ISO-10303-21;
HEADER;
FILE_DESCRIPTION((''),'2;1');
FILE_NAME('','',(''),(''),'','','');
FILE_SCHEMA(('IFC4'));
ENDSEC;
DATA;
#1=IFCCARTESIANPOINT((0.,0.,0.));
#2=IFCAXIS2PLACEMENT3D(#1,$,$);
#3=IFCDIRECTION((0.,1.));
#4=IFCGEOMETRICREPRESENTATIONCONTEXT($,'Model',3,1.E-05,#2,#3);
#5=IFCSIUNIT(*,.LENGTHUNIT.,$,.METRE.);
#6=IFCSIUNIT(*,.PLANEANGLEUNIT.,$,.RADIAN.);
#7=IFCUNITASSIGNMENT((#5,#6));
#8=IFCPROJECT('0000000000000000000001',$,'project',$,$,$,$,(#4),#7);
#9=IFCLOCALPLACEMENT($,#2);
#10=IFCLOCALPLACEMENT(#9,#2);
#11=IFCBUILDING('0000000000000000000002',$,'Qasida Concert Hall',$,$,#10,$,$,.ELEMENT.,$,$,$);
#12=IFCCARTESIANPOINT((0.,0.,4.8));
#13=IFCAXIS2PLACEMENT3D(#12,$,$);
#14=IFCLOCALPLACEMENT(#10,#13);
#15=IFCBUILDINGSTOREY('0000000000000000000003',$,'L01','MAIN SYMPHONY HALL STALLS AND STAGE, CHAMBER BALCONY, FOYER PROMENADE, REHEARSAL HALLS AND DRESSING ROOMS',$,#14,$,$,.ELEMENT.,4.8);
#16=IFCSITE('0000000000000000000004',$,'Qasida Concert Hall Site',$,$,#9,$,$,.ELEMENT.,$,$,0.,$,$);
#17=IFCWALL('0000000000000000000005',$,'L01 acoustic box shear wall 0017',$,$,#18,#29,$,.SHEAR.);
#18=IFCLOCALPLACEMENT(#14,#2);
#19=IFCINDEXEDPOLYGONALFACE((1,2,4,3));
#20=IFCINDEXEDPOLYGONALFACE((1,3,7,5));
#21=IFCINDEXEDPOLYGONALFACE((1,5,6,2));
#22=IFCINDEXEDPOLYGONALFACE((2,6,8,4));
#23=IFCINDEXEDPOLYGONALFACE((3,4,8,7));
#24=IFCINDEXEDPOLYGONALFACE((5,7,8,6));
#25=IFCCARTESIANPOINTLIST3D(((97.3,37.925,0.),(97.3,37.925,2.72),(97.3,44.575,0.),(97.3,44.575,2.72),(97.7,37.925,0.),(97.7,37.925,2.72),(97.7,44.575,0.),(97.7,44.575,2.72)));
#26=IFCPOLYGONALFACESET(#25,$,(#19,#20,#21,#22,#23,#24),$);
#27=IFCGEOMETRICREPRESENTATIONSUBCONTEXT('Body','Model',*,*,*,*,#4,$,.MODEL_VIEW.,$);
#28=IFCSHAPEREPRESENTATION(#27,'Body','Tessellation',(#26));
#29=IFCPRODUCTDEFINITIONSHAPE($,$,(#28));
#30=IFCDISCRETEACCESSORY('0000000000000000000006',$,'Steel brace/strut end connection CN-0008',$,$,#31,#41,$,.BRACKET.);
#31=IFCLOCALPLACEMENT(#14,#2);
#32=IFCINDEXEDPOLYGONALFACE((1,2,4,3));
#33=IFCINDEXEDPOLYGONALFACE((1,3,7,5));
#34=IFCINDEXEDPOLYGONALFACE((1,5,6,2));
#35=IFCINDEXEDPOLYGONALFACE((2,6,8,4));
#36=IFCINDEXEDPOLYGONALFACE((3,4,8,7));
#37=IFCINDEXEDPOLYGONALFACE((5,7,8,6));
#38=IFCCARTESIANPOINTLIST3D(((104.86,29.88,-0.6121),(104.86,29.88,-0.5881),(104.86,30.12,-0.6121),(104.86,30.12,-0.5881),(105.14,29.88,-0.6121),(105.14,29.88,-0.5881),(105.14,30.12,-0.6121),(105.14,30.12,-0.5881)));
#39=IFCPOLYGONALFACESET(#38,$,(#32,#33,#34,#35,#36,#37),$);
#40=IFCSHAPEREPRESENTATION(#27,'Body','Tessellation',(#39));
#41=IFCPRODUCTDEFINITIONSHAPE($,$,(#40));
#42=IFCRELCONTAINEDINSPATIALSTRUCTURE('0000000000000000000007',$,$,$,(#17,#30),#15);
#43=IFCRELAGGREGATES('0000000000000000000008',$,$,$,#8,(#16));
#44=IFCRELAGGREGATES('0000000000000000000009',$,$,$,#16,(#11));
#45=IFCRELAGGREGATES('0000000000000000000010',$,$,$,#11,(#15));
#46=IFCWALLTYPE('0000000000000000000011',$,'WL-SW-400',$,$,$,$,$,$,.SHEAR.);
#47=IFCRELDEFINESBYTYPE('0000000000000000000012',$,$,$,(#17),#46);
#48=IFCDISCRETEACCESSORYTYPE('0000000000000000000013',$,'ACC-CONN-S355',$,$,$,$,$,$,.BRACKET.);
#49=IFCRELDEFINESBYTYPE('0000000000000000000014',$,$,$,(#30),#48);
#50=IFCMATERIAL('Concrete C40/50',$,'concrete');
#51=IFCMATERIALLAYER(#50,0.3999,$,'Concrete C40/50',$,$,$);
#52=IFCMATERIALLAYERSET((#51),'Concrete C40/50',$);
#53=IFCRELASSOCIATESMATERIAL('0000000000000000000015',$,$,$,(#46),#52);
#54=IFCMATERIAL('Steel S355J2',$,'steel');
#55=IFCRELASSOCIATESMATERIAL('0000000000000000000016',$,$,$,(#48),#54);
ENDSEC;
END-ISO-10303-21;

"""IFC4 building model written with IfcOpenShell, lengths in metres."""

from ifc_helpers import new_model, si_unit, direction, frame, frame_2d, origin, origin_2d, place, context, subcontext, project, spatial, rectangle, extrude, material, layer, layer_set, type_object, element, save


model = new_model("IFC4")

# Units and contexts
model_context = context("Model", 3, precision=1e-05, world=origin(), true_north=direction((0.0, 1.0)))
body_context = subcontext(model_context, "Body", "Model", "MODEL_VIEW")
ifc_project = project(units=[si_unit("LENGTHUNIT", "METRE"), si_unit("PLANEANGLEUNIT", "RADIAN")], contexts=[model_context])

# Site, building, storey
site_placement = place(None, origin())
site = spatial("IfcSite", under=ifc_project, at=site_placement, Name="Qasida Concert Hall Site", CompositionType="ELEMENT", RefElevation=0.0)
building_placement = place(site_placement, origin())
building = spatial("IfcBuilding", under=site, at=building_placement, Name="Qasida Concert Hall", CompositionType="ELEMENT")
storey_placement = place(building_placement, frame((0.0, 0.0, 4.8)))
storey = spatial("IfcBuildingStorey", under=building, at=storey_placement, Name="L01", Description="MAIN SYMPHONY HALL STALLS AND STAGE, CHAMBER BALCONY, FOYER PROMENADE, REHEARSAL HALLS AND DRESSING ROOMS", CompositionType="ELEMENT", Elevation=4.8)

# Shared definitions
ifc_material_1 = material(Name="Steel S355J2", Category="steel")
ifc_material_2 = material(Name="Concrete C40/50", Category="concrete")

# Wall
ifc_layer_1 = layer(ifc_material_2, 0.3999, Name="Concrete C40/50")
ifc_layer_set_1 = layer_set([ifc_layer_1], Name="Concrete C40/50")
wall_type_1 = type_object("IfcWallType", Name="WL-SW-400", PredefinedType="SHEAR", material=ifc_layer_set_1)
wall_1_placement = place(storey_placement, frame((97.5, 37.925, 0.0), z_axis=(0.0, 0.0, 1.0), x_axis=(0.0, 1.0, 0.0)))
element("IfcWall", 1, at=wall_1_placement, inside=storey, type_object=wall_type_1, Name="L01 acoustic box shear wall 0017", PredefinedType="SHEAR", context=body_context, shape_type="SweptSolid", body=[
    extrude(rectangle(XDim=6.6499, YDim=0.3999, at=frame_2d((3.325, 0.0))), origin(), (0.0, 0.0, 1.0), 2.72),
])

# Discrete accessory
discrete_accessory_type = type_object("IfcDiscreteAccessoryType", Name="ACC-CONN-S355", PredefinedType="BRACKET", material=ifc_material_1)
discrete_accessory_placement = place(storey_placement, frame((105.0, 30.0, -0.6121), z_axis=(0.0, 0.0, 1.0), x_axis=(1.0, 0.0, 0.0)))
element("IfcDiscreteAccessory", 2, at=discrete_accessory_placement, inside=storey, type_object=discrete_accessory_type, Name="Steel brace/strut end connection CN-0008", PredefinedType="BRACKET", context=body_context, shape_type="SweptSolid", body=[
    extrude(rectangle(XDim=0.28, YDim=0.24, at=origin_2d()), origin(), (0.0, 0.0, 1.0), 0.0239),
])

save(model, "model.ifc")
